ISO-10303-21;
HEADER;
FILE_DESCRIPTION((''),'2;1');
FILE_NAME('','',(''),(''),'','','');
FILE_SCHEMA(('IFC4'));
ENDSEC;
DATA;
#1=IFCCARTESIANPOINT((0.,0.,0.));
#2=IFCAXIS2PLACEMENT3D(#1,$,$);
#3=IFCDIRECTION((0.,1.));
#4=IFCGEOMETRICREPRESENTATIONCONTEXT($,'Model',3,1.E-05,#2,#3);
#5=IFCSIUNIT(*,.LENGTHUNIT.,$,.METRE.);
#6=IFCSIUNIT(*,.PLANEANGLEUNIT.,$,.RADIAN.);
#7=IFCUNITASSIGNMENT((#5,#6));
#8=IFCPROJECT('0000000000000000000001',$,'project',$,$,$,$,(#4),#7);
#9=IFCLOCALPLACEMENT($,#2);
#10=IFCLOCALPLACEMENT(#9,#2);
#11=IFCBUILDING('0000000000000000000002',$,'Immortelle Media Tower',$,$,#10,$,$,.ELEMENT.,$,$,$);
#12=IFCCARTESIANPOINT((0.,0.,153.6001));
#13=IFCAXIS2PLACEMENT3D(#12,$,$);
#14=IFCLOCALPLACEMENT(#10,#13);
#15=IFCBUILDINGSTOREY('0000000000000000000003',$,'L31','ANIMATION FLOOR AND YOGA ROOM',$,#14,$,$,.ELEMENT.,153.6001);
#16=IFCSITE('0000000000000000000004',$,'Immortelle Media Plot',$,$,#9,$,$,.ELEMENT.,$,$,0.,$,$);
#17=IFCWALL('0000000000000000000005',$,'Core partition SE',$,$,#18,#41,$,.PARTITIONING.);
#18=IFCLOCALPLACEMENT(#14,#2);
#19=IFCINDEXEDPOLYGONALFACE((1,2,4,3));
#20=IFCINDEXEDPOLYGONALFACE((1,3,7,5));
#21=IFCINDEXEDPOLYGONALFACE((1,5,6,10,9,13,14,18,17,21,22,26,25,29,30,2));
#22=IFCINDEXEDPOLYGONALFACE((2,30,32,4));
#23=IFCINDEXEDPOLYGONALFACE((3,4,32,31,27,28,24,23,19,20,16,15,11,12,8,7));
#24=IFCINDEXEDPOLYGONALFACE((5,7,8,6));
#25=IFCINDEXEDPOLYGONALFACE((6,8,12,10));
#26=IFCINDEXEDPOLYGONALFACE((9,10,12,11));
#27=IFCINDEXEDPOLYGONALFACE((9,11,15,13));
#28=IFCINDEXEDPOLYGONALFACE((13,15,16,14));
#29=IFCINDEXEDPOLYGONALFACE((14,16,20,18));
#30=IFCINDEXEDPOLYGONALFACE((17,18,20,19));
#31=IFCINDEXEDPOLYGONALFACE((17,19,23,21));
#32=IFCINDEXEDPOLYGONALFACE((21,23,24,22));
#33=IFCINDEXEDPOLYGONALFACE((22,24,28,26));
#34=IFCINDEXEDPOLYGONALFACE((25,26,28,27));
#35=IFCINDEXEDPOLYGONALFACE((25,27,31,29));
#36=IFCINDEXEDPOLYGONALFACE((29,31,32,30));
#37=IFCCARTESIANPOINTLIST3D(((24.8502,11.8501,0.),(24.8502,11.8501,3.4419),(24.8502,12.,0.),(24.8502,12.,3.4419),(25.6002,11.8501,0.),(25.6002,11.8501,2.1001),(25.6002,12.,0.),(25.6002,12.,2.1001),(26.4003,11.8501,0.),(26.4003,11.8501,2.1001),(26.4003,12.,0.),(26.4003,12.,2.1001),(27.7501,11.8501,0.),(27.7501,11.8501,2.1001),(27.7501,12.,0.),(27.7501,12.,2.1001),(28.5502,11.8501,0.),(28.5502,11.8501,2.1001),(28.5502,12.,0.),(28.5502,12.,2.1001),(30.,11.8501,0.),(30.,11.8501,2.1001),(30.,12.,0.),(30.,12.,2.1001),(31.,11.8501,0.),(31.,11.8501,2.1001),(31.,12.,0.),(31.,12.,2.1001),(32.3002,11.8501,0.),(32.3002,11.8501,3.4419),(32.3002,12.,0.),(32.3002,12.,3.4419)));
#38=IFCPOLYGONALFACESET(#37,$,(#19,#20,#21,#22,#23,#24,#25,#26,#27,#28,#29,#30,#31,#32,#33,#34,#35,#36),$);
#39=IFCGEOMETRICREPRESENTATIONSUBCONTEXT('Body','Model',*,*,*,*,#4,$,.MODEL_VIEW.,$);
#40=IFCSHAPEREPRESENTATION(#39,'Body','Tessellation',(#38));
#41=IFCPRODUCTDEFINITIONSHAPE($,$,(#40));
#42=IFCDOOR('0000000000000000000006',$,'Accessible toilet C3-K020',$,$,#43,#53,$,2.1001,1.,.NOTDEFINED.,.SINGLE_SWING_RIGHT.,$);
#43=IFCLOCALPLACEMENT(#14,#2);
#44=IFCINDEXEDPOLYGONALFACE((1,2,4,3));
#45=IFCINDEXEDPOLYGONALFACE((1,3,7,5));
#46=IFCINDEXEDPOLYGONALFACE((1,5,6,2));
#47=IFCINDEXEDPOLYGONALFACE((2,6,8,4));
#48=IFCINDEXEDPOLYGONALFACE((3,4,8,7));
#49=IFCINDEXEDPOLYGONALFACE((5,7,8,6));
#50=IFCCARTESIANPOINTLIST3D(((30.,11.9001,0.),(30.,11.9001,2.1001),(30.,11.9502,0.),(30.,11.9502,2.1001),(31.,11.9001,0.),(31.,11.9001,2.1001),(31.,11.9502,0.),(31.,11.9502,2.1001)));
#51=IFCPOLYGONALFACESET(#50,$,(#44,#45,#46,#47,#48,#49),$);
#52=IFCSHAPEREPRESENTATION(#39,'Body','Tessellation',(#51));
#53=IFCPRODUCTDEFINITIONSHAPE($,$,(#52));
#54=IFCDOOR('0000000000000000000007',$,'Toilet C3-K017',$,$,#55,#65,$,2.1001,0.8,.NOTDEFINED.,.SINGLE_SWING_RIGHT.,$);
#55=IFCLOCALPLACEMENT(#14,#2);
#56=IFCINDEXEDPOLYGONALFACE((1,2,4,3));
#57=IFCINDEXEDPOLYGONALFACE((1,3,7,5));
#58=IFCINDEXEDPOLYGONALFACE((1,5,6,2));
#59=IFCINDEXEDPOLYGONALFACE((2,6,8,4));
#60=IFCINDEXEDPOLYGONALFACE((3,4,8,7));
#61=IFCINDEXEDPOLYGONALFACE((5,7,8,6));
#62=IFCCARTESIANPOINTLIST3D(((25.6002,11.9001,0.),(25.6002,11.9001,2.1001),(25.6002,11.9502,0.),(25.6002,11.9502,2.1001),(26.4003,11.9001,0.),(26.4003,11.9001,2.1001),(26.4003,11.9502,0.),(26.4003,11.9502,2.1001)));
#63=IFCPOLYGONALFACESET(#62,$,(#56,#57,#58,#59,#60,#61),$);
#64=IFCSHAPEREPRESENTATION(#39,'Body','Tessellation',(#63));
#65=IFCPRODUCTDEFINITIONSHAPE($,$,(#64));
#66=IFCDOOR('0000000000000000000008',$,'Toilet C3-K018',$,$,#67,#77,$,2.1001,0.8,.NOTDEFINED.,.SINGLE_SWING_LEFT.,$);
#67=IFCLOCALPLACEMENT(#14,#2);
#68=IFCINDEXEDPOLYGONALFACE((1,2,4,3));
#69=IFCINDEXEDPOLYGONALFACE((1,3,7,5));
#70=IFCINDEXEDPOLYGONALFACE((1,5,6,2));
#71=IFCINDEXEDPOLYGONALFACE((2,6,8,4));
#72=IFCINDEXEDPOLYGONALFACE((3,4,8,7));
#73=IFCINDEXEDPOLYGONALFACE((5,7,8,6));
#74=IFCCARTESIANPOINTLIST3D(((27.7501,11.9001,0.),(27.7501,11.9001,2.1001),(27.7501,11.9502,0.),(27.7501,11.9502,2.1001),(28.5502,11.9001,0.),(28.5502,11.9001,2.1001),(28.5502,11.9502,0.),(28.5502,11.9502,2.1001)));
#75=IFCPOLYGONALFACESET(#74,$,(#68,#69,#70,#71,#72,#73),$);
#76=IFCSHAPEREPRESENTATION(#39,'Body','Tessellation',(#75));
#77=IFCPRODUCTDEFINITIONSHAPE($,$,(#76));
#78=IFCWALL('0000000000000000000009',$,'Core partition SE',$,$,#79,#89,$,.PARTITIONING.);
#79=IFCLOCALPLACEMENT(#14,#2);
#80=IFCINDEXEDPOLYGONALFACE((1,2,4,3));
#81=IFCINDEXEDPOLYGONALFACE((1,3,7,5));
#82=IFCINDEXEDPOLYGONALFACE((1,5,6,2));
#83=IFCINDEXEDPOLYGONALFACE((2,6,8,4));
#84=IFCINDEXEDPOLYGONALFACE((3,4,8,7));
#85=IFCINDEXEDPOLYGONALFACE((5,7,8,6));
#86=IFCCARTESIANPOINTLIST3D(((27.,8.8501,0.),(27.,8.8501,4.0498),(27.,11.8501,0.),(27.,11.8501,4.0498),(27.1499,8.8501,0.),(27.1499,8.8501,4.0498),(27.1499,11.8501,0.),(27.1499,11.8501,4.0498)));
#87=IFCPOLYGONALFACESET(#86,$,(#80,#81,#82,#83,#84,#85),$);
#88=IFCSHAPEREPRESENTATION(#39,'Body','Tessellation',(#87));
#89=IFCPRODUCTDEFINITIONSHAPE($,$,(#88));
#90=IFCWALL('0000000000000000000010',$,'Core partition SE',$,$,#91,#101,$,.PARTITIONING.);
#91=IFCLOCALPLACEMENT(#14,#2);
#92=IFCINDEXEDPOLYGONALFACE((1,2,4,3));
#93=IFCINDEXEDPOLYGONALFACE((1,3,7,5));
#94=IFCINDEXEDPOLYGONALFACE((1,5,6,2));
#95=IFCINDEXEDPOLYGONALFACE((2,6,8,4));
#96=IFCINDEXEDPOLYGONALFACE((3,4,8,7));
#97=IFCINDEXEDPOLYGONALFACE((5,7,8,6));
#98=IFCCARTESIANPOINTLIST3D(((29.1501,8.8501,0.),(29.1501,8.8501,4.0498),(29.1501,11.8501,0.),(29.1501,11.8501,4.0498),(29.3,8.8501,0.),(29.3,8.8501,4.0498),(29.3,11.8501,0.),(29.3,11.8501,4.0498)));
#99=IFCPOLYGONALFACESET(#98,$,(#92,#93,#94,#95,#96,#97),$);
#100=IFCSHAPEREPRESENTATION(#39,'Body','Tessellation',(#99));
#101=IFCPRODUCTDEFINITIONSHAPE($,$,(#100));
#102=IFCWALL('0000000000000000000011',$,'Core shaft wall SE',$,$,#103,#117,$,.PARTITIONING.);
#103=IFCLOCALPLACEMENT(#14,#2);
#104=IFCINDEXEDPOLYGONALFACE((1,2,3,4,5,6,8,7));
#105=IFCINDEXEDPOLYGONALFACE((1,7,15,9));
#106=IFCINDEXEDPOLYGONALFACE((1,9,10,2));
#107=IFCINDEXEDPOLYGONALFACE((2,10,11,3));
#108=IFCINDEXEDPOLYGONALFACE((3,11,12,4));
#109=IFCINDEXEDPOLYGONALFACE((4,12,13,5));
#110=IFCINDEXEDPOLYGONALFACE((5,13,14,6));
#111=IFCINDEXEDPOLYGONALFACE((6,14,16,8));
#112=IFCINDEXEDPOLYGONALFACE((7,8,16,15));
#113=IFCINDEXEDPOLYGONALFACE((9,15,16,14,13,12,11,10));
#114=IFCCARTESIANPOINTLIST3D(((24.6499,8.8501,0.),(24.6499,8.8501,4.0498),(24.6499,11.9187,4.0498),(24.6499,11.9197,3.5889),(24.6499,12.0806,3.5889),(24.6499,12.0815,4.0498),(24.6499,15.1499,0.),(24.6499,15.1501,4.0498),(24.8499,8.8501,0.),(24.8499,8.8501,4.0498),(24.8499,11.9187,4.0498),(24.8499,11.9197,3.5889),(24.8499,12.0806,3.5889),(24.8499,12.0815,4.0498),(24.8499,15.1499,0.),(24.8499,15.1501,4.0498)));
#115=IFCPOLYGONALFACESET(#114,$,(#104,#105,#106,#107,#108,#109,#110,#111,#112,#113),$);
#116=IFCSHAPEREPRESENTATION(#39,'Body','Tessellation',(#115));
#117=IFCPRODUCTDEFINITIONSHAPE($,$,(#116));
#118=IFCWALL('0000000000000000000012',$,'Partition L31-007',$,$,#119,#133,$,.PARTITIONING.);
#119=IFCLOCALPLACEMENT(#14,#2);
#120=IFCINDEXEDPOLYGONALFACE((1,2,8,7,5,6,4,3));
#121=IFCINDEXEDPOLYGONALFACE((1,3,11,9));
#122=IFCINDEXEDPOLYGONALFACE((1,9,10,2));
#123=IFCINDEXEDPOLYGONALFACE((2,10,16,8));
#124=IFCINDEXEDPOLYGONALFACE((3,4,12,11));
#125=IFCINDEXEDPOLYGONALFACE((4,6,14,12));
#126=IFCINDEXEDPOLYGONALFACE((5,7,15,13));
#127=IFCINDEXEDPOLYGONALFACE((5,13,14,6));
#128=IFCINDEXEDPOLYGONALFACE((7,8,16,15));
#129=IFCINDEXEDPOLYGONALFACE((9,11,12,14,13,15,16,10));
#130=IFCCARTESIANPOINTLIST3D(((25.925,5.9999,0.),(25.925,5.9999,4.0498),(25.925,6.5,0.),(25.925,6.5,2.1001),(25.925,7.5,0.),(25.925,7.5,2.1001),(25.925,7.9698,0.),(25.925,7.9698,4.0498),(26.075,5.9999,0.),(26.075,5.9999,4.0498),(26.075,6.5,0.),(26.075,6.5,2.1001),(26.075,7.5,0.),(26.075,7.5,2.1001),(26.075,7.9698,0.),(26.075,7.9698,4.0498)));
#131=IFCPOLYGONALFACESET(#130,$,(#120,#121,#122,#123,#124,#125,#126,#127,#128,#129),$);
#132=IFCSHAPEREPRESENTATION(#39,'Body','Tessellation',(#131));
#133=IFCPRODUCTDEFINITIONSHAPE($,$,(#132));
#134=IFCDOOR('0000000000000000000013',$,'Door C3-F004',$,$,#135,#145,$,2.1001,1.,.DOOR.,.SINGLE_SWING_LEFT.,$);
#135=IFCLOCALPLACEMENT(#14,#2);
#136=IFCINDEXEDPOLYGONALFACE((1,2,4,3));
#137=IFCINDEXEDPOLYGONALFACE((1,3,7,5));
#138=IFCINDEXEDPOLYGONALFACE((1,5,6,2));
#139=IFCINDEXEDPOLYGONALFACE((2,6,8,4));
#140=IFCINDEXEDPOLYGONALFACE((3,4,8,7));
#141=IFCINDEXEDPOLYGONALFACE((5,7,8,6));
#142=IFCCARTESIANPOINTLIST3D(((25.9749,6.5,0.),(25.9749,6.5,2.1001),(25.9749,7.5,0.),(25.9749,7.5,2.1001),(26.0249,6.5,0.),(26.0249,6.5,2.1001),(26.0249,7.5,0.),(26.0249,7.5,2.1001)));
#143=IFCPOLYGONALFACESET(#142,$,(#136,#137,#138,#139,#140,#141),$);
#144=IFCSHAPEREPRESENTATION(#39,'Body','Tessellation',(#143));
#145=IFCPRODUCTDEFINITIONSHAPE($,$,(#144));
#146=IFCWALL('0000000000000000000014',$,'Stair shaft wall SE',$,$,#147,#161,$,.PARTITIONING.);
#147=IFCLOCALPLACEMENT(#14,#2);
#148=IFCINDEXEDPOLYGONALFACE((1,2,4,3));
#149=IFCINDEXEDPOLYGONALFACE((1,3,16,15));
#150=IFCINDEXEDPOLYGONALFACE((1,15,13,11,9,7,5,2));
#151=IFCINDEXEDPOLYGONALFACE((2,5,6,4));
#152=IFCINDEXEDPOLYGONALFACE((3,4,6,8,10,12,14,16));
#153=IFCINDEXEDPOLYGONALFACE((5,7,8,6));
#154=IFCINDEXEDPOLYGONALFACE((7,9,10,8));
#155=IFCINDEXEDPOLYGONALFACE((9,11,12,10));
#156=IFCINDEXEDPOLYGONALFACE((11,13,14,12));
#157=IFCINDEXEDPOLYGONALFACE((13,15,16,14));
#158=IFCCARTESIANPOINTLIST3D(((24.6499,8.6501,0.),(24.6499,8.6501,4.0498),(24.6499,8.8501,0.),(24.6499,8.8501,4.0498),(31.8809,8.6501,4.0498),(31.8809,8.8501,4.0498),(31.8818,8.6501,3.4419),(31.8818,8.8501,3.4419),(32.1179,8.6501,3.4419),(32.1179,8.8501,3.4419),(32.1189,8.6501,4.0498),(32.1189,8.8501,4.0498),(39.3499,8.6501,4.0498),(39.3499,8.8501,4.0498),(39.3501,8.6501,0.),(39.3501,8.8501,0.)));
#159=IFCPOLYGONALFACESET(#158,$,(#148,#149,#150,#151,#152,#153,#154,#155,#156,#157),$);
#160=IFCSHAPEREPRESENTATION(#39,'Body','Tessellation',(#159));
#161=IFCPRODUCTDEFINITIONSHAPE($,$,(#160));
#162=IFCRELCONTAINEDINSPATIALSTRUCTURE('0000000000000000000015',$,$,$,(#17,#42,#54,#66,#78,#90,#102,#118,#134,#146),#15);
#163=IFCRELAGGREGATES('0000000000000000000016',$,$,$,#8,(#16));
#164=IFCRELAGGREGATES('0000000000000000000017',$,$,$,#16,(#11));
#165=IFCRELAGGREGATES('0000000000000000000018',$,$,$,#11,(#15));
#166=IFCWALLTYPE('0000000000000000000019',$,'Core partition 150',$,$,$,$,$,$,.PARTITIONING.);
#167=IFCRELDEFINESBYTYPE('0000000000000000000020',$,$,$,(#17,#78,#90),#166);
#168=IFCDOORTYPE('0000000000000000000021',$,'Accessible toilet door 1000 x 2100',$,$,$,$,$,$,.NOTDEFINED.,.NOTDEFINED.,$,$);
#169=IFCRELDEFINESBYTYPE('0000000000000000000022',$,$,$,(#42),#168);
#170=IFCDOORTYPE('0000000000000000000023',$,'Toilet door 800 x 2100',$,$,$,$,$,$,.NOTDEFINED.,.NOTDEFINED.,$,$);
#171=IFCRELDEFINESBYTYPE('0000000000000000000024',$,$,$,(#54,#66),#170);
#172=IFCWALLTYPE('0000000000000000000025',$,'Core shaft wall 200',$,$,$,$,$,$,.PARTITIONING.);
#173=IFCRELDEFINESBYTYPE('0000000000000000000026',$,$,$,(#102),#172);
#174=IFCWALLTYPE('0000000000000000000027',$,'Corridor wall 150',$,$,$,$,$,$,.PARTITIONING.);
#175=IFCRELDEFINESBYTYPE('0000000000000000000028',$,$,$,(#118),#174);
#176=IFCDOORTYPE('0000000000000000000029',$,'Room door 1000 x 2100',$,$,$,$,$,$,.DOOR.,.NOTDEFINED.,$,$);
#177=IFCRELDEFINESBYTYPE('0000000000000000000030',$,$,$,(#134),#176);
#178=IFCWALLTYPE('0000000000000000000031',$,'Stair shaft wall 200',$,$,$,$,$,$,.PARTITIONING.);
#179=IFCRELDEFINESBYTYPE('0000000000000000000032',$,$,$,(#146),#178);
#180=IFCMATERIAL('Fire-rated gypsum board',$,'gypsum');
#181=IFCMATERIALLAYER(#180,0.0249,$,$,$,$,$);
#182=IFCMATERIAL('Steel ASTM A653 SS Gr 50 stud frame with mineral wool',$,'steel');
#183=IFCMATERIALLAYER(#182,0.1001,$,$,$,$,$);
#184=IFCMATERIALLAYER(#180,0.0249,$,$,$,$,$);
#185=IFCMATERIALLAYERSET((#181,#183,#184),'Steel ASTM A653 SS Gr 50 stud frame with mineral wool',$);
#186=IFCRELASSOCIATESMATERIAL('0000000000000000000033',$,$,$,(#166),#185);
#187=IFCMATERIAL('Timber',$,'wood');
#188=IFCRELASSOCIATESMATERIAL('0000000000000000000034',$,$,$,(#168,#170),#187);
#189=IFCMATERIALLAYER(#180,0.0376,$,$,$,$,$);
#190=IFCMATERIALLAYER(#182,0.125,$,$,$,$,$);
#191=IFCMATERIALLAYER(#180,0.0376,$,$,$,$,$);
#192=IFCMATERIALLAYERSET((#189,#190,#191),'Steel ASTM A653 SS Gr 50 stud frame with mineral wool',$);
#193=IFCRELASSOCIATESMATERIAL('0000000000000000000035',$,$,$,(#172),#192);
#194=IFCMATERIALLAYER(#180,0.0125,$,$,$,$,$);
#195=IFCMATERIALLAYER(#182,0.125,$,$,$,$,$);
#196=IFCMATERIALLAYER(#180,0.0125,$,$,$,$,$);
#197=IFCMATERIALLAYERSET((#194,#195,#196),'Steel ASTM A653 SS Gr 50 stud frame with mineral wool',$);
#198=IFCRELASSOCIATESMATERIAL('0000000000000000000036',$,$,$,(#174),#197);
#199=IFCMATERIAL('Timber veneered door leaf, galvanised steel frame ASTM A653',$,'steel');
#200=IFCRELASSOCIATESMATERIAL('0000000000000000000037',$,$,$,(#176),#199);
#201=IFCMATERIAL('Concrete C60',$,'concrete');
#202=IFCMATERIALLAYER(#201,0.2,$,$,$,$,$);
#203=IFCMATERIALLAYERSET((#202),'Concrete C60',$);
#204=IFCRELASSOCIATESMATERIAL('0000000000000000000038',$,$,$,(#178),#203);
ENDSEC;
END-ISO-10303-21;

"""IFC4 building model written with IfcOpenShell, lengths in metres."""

from ifc_helpers import new_model, si_unit, direction, frame, frame_2d, origin, place, context, subcontext, project, spatial, polyline, rectangle, outline, extrude, material, layer, layer_set, type_object, element, fill, save


model = new_model("IFC4")

# Units and contexts
model_context = context("Model", 3, precision=1e-05, world=origin(), true_north=direction((0.0, 1.0)))
body_context = subcontext(model_context, "Body", "Model", "MODEL_VIEW")
ifc_project = project(units=[si_unit("LENGTHUNIT", "METRE"), si_unit("PLANEANGLEUNIT", "RADIAN")], contexts=[model_context])

# Site, building, storey
site_placement = place(None, origin())
site = spatial("IfcSite", under=ifc_project, at=site_placement, Name="Immortelle Media Plot", CompositionType="ELEMENT", RefElevation=0.0)
building_placement = place(site_placement, origin())
building = spatial("IfcBuilding", under=site, at=building_placement, Name="Immortelle Media Tower", CompositionType="ELEMENT")
storey_placement = place(building_placement, frame((0.0, 0.0, 153.6001)))
storey = spatial("IfcBuildingStorey", under=building, at=storey_placement, Name="L31", Description="ANIMATION FLOOR AND YOGA ROOM", CompositionType="ELEMENT", Elevation=153.6001)

# Wall, openings, doors
ifc_material_1 = material(Name="Fire-rated gypsum board", Category="gypsum")
ifc_layer_1 = layer(ifc_material_1, 0.0249)
ifc_material_2 = material(Name="Steel ASTM A653 SS Gr 50 stud frame with mineral wool", Category="steel")
ifc_layer_2 = layer(ifc_material_2, 0.1001)
ifc_layer_3 = layer(ifc_material_1, 0.0249)
ifc_layer_set_1 = layer_set([ifc_layer_1, ifc_layer_2, ifc_layer_3], Name="Steel ASTM A653 SS Gr 50 stud frame with mineral wool")
wall_type_1 = type_object("IfcWallType", Name="Core partition 150", PredefinedType="PARTITIONING", material=ifc_layer_set_1)
wall_1_placement = place(storey_placement, frame((24.8501, 11.925, 0.0), z_axis=(0.0, 0.0, 1.0), x_axis=(1.0, 0.0, 0.0)))
wall_1 = element("IfcWall", 1, at=wall_1_placement, inside=storey, type_object=wall_type_1, Name="Core partition SE", PredefinedType="PARTITIONING", context=body_context, shape_type="SweptSolid", body=[
    extrude(rectangle(XDim=7.45, YDim=0.1499, at=frame_2d((3.7251, 0.0))), origin(), (0.0, 0.0, 1.0), 3.4419),
])
opening_1_placement = place(wall_1_placement, frame((1.55, 0.0, 0.0), z_axis=(0.0, 0.0, 1.0), x_axis=(-1.0, 0.0, 0.0)))
opening_1 = element("IfcOpeningElement", 2, at=opening_1_placement, cuts=wall_1, PredefinedType="OPENING", context=body_context, shape_type="SweptSolid", body=[
    extrude(rectangle(XDim=0.8, YDim=2.1001, at=frame_2d((0.3999, 1.05))), frame((0.0, 0.085, 0.0), z_axis=(0.0, -1.0, 0.0), x_axis=(1.0, 0.0, 0.0)), (0.0, 0.0, 1.0), 0.1699),
])
opening_2_placement = place(wall_1_placement, frame((3.7, 0.0, 0.0), z_axis=(0.0, 0.0, 1.0), x_axis=(-1.0, 0.0, 0.0)))
opening_2 = element("IfcOpeningElement", 3, at=opening_2_placement, cuts=wall_1, PredefinedType="OPENING", context=body_context, shape_type="SweptSolid", body=[
    extrude(rectangle(XDim=0.8, YDim=2.1001, at=frame_2d((0.3999, 1.05))), frame((0.0, 0.085, 0.0), z_axis=(0.0, -1.0, 0.0), x_axis=(1.0, 0.0, 0.0)), (0.0, 0.0, 1.0), 0.1699),
])
opening_3_placement = place(wall_1_placement, frame((6.1499, 0.0, 0.0), z_axis=(0.0, 0.0, 1.0), x_axis=(-1.0, 0.0, 0.0)))
opening_3 = element("IfcOpeningElement", 4, at=opening_3_placement, cuts=wall_1, PredefinedType="OPENING", context=body_context, shape_type="SweptSolid", body=[
    extrude(rectangle(XDim=1.0, YDim=2.1001, at=frame_2d((0.5, 1.05))), frame((0.0, 0.085, 0.0), z_axis=(0.0, -1.0, 0.0), x_axis=(1.0, 0.0, 0.0)), (0.0, 0.0, 1.0), 0.1699),
])
ifc_material_3 = material(Name="Timber", Category="wood")
door_type_1 = type_object("IfcDoorType", Name="Accessible toilet door 1000 x 2100", OperationType="NOTDEFINED", PredefinedType="NOTDEFINED", material=ifc_material_3)
door_1_placement = place(opening_3_placement, origin())
door_1 = element("IfcDoor", 5, at=door_1_placement, inside=storey, type_object=door_type_1, Name="Accessible toilet C3-K020", OperationType="SINGLE_SWING_RIGHT", OverallHeight=2.1001, OverallWidth=1.0, PredefinedType="NOTDEFINED", context=body_context, shape_type="SweptSolid", body=[
    extrude(rectangle(XDim=1.0, YDim=2.1001, at=frame_2d((0.5, 1.05))), frame((0.0, 0.0249, 0.0), z_axis=(0.0, -1.0, 0.0), x_axis=(1.0, 0.0, 0.0)), (0.0, 0.0, 1.0), 0.05),
])
fill(opening_3, door_1)
door_type_2 = type_object("IfcDoorType", Name="Toilet door 800 x 2100", OperationType="NOTDEFINED", PredefinedType="NOTDEFINED", material=ifc_material_3)
door_2_placement = place(opening_1_placement, origin())
door_2 = element("IfcDoor", 6, at=door_2_placement, inside=storey, type_object=door_type_2, Name="Toilet C3-K017", OperationType="SINGLE_SWING_RIGHT", OverallHeight=2.1001, OverallWidth=0.8, PredefinedType="NOTDEFINED", context=body_context, shape_type="SweptSolid", body=[
    extrude(rectangle(XDim=0.8, YDim=2.1001, at=frame_2d((0.3999, 1.05))), frame((0.0, 0.0249, 0.0), z_axis=(0.0, -1.0, 0.0), x_axis=(1.0, 0.0, 0.0)), (0.0, 0.0, 1.0), 0.05),
])
fill(opening_1, door_2)
door_3_placement = place(opening_2_placement, origin())
door_3 = element("IfcDoor", 7, at=door_3_placement, inside=storey, type_object=door_type_2, Name="Toilet C3-K018", OperationType="SINGLE_SWING_LEFT", OverallHeight=2.1001, OverallWidth=0.8, PredefinedType="NOTDEFINED", context=body_context, shape_type="SweptSolid", body=[
    extrude(rectangle(XDim=0.8, YDim=2.1001, at=frame_2d((0.3999, 1.05))), frame((0.0, 0.0249, 0.0), z_axis=(0.0, -1.0, 0.0), x_axis=(1.0, 0.0, 0.0)), (0.0, 0.0, 1.0), 0.05),
])
fill(opening_2, door_3)

# Walls
for number, where, z_axis, x_axis, name in (
    (8, (27.075, 8.8501, 0.0), (0.0, 0.0, 1.0), (0.0, 1.0, 0.0), "Core partition SE"),
    (9, (29.2251, 8.8501, 0.0), (0.0, 0.0, 1.0), (0.0, 1.0, 0.0), "Core partition SE"),
):
    element("IfcWall", number, at=place(storey_placement, frame(where, z_axis=z_axis, x_axis=x_axis)), inside=storey, type_object=wall_type_1, Name=name, PredefinedType="PARTITIONING", context=body_context, shape_type="SweptSolid", body=[
        extrude(rectangle(XDim=3.0, YDim=0.1499, at=frame_2d((1.5, 0.0))), origin(), (0.0, 0.0, 1.0), 4.0498),
    ])
ifc_layer_4 = layer(ifc_material_1, 0.0376)
ifc_layer_5 = layer(ifc_material_2, 0.125)
ifc_layer_6 = layer(ifc_material_1, 0.0376)
ifc_layer_set_2 = layer_set([ifc_layer_4, ifc_layer_5, ifc_layer_6], Name="Steel ASTM A653 SS Gr 50 stud frame with mineral wool")
wall_type_2 = type_object("IfcWallType", Name="Core shaft wall 200", PredefinedType="PARTITIONING", material=ifc_layer_set_2)
wall_2_placement = place(storey_placement, frame((24.75, 8.8501, 0.0), z_axis=(0.0, 0.0, 1.0), x_axis=(0.0, 1.0, 0.0)))
element("IfcWall", 10, at=wall_2_placement, inside=storey, type_object=wall_type_2, Name="Core shaft wall SE", PredefinedType="PARTITIONING", context=body_context, shape_type="SweptSolid", body=[
    extrude(outline(polyline([(0.0, 0.0), (6.2998, 0.0), (6.3, 4.0498), (3.2314, 4.0498), (3.2305, 3.5889), (3.0696, 3.5889), (3.0686, 4.0498), (0.0, 4.0498), (0.0, 0.0)])), frame((0.0, 0.1001, 0.0), z_axis=(0.0, -1.0, 0.0), x_axis=(1.0, 0.0, 0.0)), (0.0, 0.0, 1.0), 0.2),
])

# Wall, opening, door
ifc_layer_7 = layer(ifc_material_1, 0.0125)
ifc_layer_8 = layer(ifc_material_2, 0.125)
ifc_layer_9 = layer(ifc_material_1, 0.0125)
ifc_layer_set_3 = layer_set([ifc_layer_7, ifc_layer_8, ifc_layer_9], Name="Steel ASTM A653 SS Gr 50 stud frame with mineral wool")
wall_type_3 = type_object("IfcWallType", Name="Corridor wall 150", PredefinedType="PARTITIONING", material=ifc_layer_set_3)
wall_3_placement = place(storey_placement, frame((26.0, 6.0, 0.0), z_axis=(0.0, 0.0, 1.0), x_axis=(0.0, 1.0, 0.0)))
wall_3 = element("IfcWall", 11, at=wall_3_placement, inside=storey, type_object=wall_type_3, Name="Partition L31-007", PredefinedType="PARTITIONING", context=body_context, shape_type="SweptSolid", body=[
    extrude(rectangle(XDim=1.97, YDim=0.1499, at=frame_2d((0.9849, 0.0))), origin(), (0.0, 0.0, 1.0), 4.0498),
])
opening_4_placement = place(wall_3_placement, frame((1.5, 0.0, 0.0), z_axis=(0.0, 0.0, 1.0), x_axis=(-1.0, 0.0, 0.0)))
opening_4 = element("IfcOpeningElement", 12, at=opening_4_placement, cuts=wall_3, PredefinedType="OPENING", context=body_context, shape_type="SweptSolid", body=[
    extrude(rectangle(XDim=1.0, YDim=2.1001, at=frame_2d((0.5, 1.05))), frame((0.0, 0.085, 0.0), z_axis=(0.0, -1.0, 0.0), x_axis=(1.0, 0.0, 0.0)), (0.0, 0.0, 1.0), 0.1699),
])
ifc_material_4 = material(Name="Timber veneered door leaf, galvanised steel frame ASTM A653", Category="steel")
door_type_3 = type_object("IfcDoorType", Name="Room door 1000 x 2100", OperationType="NOTDEFINED", PredefinedType="DOOR", material=ifc_material_4)
door_4_placement = place(opening_4_placement, origin())
door_4 = element("IfcDoor", 13, at=door_4_placement, inside=storey, type_object=door_type_3, Name="Door C3-F004", OperationType="SINGLE_SWING_LEFT", OverallHeight=2.1001, OverallWidth=1.0, PredefinedType="DOOR", context=body_context, shape_type="SweptSolid", body=[
    extrude(rectangle(XDim=1.0, YDim=2.1001, at=frame_2d((0.5, 1.05))), frame((0.0, 0.0249, 0.0), z_axis=(0.0, -1.0, 0.0), x_axis=(1.0, 0.0, 0.0)), (0.0, 0.0, 1.0), 0.05),
])
fill(opening_4, door_4)

# Wall
ifc_material_5 = material(Name="Concrete C60", Category="concrete")
ifc_layer_10 = layer(ifc_material_5, 0.2)
ifc_layer_set_4 = layer_set([ifc_layer_10], Name="Concrete C60")
wall_type_4 = type_object("IfcWallType", Name="Stair shaft wall 200", PredefinedType="PARTITIONING", material=ifc_layer_set_4)
wall_4_placement = place(storey_placement, frame((24.6499, 8.75, 0.0), z_axis=(0.0, 0.0, 1.0), x_axis=(1.0, 0.0, 0.0)))
element("IfcWall", 14, at=wall_4_placement, inside=storey, type_object=wall_type_4, Name="Stair shaft wall SE", PredefinedType="PARTITIONING", context=body_context, shape_type="SweptSolid", body=[
    extrude(outline(polyline([(0.0, 0.0), (14.7002, 0.0), (14.7, 4.0498), (7.469, 4.0498), (7.468, 3.4419), (7.2319, 3.4419), (7.231, 4.0498), (0.0, 4.0498), (0.0, 0.0)])), frame((0.0, 0.1001, 0.0), z_axis=(0.0, -1.0, 0.0), x_axis=(1.0, 0.0, 0.0)), (0.0, 0.0, 1.0), 0.2),
])

save(model, "model.ifc")
